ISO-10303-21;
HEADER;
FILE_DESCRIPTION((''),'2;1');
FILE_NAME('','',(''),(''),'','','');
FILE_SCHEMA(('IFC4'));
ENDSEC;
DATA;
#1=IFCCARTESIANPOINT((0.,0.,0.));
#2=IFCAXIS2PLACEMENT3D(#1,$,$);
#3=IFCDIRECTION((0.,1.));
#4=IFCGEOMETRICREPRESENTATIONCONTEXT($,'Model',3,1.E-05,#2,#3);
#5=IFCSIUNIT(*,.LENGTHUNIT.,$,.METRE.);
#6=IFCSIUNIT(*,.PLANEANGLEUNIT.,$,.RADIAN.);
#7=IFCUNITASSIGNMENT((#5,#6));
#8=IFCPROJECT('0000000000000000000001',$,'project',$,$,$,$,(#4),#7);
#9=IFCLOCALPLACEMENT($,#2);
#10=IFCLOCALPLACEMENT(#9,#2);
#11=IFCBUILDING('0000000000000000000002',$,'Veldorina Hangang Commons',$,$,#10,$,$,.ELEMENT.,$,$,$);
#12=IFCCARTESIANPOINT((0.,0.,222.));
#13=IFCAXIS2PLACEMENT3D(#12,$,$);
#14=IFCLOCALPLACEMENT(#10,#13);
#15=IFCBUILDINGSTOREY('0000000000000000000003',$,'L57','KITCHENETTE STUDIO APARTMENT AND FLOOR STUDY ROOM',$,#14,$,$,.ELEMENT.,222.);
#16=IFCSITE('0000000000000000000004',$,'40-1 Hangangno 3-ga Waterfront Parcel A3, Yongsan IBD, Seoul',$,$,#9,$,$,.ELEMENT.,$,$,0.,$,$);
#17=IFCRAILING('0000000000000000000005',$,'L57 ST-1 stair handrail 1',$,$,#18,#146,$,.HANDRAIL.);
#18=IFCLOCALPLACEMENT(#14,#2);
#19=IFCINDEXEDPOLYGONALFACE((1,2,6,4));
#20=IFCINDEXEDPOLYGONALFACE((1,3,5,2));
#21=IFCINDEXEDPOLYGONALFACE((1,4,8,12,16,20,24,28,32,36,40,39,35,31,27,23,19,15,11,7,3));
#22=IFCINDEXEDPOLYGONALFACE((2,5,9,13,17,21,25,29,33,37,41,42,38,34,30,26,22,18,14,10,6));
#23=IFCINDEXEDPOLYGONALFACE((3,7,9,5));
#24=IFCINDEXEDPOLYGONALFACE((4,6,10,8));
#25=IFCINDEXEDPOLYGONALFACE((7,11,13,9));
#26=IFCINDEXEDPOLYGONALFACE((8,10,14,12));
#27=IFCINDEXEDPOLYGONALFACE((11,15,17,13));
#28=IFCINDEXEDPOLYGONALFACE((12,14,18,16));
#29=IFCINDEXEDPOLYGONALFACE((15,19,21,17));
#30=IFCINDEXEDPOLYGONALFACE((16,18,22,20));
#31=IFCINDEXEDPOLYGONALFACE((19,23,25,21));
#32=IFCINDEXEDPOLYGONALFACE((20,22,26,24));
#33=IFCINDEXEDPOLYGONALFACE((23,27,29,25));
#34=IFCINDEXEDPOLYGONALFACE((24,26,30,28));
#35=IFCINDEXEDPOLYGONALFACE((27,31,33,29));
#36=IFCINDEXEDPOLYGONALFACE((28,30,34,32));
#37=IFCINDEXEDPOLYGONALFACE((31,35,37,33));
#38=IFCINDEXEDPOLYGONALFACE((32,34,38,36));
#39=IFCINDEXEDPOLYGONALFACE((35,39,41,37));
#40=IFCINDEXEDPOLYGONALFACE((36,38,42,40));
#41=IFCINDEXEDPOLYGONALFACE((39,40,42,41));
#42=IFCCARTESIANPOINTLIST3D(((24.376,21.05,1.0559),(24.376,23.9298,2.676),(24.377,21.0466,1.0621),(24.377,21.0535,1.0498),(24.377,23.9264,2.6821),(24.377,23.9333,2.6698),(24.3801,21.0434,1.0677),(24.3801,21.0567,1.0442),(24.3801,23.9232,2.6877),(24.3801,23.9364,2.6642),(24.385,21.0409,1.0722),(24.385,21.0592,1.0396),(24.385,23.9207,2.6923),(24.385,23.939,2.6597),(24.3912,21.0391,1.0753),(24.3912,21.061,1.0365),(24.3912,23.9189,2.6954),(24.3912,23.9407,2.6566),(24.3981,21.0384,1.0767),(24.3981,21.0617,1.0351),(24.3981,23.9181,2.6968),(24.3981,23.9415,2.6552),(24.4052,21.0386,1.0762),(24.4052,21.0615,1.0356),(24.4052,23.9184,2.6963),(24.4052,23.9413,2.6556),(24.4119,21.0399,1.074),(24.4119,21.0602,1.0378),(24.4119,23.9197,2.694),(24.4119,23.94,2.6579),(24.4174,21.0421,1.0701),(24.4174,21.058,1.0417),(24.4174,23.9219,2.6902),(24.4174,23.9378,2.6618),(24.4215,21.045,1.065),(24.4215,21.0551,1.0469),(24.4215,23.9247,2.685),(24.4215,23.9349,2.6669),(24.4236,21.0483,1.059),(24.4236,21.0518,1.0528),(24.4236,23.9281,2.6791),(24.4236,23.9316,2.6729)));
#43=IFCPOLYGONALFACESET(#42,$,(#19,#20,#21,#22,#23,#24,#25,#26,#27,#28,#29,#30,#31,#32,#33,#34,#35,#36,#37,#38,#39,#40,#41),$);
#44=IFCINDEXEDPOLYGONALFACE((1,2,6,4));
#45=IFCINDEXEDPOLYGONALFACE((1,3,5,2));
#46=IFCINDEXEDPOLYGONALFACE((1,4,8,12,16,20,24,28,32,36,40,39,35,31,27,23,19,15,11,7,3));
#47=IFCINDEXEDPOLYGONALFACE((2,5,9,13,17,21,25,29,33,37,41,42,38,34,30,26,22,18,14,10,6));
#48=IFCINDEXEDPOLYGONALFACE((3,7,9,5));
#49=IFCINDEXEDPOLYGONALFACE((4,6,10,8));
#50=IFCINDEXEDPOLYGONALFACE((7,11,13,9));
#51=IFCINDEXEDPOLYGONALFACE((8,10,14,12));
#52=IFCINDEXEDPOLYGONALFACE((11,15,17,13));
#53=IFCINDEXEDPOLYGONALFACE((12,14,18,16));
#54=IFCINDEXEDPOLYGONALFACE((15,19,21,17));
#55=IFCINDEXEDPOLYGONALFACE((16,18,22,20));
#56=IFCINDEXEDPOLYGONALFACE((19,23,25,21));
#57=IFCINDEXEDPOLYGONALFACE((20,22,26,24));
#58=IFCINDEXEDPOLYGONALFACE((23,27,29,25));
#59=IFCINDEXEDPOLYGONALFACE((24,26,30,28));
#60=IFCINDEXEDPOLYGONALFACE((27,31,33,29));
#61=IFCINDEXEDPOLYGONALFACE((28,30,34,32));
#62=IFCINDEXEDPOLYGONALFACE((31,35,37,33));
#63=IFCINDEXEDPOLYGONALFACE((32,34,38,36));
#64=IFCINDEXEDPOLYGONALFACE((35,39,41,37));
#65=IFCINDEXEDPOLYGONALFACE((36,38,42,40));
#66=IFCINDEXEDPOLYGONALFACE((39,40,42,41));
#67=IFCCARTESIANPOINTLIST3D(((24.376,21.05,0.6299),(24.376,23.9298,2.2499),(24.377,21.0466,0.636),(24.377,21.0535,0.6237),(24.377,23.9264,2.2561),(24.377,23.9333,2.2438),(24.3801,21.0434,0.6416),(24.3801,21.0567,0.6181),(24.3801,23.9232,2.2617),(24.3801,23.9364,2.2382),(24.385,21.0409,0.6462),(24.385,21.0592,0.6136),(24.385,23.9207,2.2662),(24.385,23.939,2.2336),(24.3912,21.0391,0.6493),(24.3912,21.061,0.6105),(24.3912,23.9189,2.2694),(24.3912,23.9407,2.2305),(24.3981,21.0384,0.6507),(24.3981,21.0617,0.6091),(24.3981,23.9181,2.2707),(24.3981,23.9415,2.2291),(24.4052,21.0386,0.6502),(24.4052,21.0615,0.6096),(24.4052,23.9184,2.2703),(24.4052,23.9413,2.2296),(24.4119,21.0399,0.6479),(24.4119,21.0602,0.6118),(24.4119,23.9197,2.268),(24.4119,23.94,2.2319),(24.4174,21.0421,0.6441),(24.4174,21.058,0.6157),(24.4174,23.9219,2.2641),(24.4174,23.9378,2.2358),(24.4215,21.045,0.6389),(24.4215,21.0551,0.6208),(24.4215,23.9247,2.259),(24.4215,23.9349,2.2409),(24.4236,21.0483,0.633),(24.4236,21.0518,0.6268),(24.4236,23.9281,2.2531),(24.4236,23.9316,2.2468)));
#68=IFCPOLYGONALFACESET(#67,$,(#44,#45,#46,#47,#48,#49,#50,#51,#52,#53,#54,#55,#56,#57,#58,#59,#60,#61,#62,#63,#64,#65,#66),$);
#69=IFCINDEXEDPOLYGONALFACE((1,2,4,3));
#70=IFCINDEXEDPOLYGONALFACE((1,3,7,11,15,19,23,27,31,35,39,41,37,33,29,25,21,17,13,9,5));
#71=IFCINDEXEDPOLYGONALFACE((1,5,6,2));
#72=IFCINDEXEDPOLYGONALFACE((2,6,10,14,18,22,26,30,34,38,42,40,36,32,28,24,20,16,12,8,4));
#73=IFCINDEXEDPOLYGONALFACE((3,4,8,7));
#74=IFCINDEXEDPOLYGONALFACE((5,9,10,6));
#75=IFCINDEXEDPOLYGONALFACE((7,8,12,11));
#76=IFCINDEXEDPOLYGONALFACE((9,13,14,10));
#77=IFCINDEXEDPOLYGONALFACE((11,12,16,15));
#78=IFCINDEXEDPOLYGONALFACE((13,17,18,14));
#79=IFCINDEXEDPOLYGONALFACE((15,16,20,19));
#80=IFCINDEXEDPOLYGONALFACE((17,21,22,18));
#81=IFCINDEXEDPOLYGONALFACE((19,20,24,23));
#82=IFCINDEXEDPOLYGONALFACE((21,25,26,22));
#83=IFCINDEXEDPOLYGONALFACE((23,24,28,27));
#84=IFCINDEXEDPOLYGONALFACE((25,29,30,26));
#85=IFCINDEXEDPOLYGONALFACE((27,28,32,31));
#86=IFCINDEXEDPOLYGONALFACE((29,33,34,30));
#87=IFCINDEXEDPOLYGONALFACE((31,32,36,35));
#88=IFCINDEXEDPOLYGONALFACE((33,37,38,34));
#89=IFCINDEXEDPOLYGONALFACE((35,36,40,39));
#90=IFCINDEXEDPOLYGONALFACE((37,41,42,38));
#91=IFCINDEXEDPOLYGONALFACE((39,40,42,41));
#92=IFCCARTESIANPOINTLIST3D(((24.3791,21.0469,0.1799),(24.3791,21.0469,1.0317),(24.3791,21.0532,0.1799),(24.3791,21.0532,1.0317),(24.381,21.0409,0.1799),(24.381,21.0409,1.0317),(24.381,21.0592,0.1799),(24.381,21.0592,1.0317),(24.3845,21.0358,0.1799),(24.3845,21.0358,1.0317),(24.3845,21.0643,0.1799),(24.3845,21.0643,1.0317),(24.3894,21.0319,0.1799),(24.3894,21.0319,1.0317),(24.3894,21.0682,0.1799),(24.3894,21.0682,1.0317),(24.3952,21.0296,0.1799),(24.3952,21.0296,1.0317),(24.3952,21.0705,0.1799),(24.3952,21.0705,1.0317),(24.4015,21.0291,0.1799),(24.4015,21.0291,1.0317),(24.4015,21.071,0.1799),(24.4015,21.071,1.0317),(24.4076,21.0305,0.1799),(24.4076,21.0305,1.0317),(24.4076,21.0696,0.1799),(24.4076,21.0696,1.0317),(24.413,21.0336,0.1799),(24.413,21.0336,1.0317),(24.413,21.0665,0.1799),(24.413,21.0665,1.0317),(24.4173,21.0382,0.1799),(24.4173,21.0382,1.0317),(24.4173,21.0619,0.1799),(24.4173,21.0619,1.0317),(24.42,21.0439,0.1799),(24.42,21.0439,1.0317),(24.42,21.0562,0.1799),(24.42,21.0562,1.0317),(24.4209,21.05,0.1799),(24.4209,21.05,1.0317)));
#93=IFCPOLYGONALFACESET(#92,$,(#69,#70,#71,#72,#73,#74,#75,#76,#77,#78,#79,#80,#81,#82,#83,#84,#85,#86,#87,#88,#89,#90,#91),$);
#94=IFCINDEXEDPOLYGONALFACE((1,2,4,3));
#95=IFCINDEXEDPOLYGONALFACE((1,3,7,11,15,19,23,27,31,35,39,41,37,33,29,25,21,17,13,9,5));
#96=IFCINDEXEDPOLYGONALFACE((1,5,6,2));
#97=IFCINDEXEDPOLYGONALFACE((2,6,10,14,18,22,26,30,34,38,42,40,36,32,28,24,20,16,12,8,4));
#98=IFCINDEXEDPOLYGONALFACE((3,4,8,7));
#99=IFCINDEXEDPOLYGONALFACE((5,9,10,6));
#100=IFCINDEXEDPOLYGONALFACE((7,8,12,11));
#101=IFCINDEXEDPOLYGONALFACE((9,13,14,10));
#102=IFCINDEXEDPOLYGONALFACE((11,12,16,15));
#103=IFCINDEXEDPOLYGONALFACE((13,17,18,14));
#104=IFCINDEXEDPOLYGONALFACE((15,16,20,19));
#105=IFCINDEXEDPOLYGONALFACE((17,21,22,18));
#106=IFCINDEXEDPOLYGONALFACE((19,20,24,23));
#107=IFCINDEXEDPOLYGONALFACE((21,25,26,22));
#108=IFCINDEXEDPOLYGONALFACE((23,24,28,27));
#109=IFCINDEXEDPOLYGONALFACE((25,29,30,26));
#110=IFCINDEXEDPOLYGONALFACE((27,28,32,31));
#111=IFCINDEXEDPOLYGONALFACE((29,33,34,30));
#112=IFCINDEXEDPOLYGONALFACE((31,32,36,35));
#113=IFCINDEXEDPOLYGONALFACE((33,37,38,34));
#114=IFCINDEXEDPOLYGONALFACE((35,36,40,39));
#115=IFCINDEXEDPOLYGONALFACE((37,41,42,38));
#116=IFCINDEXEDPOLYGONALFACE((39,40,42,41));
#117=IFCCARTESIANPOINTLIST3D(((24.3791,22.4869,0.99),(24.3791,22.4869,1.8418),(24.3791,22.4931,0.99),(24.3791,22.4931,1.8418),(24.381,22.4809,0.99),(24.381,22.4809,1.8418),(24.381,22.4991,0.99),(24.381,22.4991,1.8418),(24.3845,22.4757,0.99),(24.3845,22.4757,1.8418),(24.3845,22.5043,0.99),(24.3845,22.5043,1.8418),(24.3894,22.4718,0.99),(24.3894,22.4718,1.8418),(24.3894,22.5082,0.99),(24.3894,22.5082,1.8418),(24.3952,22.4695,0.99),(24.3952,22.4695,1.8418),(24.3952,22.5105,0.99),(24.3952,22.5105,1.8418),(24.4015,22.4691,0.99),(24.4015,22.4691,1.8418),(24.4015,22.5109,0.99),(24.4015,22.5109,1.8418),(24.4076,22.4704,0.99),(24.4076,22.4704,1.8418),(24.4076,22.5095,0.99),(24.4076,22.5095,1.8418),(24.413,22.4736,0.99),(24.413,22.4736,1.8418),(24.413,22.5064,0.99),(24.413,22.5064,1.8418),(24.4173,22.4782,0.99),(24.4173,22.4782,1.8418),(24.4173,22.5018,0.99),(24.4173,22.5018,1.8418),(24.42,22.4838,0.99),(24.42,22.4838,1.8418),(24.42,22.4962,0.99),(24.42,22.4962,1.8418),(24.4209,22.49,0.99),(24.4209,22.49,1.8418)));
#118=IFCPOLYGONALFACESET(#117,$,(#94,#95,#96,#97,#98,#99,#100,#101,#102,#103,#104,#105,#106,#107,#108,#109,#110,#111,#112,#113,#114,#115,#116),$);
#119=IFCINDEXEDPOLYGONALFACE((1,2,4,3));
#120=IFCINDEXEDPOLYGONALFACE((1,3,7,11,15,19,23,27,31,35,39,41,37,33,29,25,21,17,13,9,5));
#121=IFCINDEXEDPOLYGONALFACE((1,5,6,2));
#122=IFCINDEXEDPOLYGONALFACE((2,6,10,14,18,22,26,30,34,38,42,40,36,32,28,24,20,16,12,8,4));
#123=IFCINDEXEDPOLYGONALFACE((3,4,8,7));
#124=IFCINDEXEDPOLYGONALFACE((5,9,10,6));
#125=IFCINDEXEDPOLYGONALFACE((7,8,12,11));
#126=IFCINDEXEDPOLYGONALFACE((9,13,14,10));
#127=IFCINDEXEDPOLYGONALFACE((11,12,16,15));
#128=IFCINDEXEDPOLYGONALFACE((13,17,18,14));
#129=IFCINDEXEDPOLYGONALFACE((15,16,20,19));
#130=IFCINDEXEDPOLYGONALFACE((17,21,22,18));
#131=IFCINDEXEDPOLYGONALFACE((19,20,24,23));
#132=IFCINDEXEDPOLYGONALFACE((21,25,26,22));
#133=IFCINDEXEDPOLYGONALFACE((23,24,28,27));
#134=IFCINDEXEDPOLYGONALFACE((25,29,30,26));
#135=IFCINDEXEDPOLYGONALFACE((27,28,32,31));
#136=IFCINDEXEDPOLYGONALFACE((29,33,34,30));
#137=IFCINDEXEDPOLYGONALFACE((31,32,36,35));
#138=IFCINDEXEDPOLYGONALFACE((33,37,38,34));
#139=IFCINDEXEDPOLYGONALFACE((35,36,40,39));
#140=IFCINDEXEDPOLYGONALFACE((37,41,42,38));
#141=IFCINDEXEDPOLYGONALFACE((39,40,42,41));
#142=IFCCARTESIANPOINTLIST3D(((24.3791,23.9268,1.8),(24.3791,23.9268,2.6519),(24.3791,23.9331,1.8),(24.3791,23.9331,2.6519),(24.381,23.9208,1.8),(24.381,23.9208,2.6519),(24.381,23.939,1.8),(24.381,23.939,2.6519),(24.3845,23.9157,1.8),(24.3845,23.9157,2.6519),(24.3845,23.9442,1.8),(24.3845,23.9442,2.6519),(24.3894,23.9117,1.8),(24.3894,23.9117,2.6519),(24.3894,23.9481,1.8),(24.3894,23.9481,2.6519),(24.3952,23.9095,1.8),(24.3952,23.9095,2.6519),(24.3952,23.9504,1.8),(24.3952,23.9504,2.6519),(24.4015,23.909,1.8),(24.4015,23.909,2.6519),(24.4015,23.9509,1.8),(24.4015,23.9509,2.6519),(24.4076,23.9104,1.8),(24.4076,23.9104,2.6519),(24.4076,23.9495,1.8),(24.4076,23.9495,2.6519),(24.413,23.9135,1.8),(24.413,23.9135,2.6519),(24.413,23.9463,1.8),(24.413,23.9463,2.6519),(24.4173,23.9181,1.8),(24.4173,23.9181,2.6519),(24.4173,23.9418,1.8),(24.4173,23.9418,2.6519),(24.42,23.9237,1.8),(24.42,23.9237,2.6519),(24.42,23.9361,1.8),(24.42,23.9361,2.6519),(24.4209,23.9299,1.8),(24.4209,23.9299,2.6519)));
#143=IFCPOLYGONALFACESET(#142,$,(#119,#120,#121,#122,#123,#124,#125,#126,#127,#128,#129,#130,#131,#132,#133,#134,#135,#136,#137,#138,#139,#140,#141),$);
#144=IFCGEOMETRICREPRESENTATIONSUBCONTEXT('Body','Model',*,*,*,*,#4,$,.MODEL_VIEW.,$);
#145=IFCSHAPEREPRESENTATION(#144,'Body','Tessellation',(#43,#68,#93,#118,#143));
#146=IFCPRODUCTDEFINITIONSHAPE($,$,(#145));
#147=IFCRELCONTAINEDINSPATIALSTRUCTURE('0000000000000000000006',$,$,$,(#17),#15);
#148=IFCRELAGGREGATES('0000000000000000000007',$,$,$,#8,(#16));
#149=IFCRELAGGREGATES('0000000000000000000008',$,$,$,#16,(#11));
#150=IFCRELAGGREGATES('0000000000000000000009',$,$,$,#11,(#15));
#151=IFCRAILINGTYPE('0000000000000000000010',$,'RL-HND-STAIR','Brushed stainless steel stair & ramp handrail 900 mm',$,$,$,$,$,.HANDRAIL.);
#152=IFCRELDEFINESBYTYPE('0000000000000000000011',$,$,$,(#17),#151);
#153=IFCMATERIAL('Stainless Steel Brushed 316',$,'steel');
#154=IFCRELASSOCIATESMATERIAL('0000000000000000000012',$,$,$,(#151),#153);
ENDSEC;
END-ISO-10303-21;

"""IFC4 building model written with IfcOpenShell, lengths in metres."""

from ifc_helpers import new_model, si_unit, direction, frame, origin, origin_2d, place, context, subcontext, project, spatial, circle, extrude, material, type_object, element, save


model = new_model("IFC4")

# Units and contexts
model_context = context("Model", 3, precision=1e-05, world=origin(), true_north=direction((0.0, 1.0)))
body_context = subcontext(model_context, "Body", "Model", "MODEL_VIEW")
ifc_project = project(units=[si_unit("LENGTHUNIT", "METRE"), si_unit("PLANEANGLEUNIT", "RADIAN")], contexts=[model_context])

# Site, building, storey
site_placement = place(None, origin())
site = spatial("IfcSite", under=ifc_project, at=site_placement, Name="40-1 Hangangno 3-ga Waterfront Parcel A3, Yongsan IBD, Seoul", CompositionType="ELEMENT", RefElevation=0.0)
building_placement = place(site_placement, origin())
building = spatial("IfcBuilding", under=site, at=building_placement, Name="Veldorina Hangang Commons", CompositionType="ELEMENT")
storey_placement = place(building_placement, frame((0.0, 0.0, 222.0)))
storey = spatial("IfcBuildingStorey", under=building, at=storey_placement, Name="L57", Description="KITCHENETTE STUDIO APARTMENT AND FLOOR STUDY ROOM", CompositionType="ELEMENT", Elevation=222.0)

# Railing
ifc_material_1 = material(Name="Stainless Steel Brushed 316", Category="steel")
railing_type_1 = type_object("IfcRailingType", Name="RL-HND-STAIR", Description="Brushed stainless steel stair & ramp handrail 900 mm", PredefinedType="HANDRAIL", material=ifc_material_1)
railing_1_placement = place(storey_placement, frame((24.3999, 21.05, 0.1799)))
element("IfcRailing", 1, at=railing_1_placement, inside=storey, type_object=railing_type_1, Name="L57 ST-1 stair handrail 1", PredefinedType="HANDRAIL", context=body_context, shape_type="SweptSolid", body=[
    extrude(circle(Radius=0.0239, at=origin_2d()), frame((0.0, 0.0, 0.876), z_axis=(0.0, 0.871552, 0.490303), x_axis=(-1.0, 0.0, 0.0)), (0.0, 0.0, 1.0), 3.3042),
    extrude(circle(Radius=0.0239, at=origin_2d()), frame((0.0, 0.0, 0.45), z_axis=(0.0, 0.871552, 0.490303), x_axis=(-1.0, 0.0, 0.0)), (0.0, 0.0, 1.0), 3.3042),
    extrude(circle(Radius=0.021, at=origin_2d()), origin(), (0.0, 0.0, 1.0), 0.8518),
    extrude(circle(Radius=0.021, at=origin_2d()), frame((0.0, 1.4399, 0.8101)), (0.0, 0.0, 1.0), 0.8518),
    extrude(circle(Radius=0.021, at=origin_2d()), frame((0.0, 2.8799, 1.6201)), (0.0, 0.0, 1.0), 0.8518),
])

save(model, "model.ifc")
